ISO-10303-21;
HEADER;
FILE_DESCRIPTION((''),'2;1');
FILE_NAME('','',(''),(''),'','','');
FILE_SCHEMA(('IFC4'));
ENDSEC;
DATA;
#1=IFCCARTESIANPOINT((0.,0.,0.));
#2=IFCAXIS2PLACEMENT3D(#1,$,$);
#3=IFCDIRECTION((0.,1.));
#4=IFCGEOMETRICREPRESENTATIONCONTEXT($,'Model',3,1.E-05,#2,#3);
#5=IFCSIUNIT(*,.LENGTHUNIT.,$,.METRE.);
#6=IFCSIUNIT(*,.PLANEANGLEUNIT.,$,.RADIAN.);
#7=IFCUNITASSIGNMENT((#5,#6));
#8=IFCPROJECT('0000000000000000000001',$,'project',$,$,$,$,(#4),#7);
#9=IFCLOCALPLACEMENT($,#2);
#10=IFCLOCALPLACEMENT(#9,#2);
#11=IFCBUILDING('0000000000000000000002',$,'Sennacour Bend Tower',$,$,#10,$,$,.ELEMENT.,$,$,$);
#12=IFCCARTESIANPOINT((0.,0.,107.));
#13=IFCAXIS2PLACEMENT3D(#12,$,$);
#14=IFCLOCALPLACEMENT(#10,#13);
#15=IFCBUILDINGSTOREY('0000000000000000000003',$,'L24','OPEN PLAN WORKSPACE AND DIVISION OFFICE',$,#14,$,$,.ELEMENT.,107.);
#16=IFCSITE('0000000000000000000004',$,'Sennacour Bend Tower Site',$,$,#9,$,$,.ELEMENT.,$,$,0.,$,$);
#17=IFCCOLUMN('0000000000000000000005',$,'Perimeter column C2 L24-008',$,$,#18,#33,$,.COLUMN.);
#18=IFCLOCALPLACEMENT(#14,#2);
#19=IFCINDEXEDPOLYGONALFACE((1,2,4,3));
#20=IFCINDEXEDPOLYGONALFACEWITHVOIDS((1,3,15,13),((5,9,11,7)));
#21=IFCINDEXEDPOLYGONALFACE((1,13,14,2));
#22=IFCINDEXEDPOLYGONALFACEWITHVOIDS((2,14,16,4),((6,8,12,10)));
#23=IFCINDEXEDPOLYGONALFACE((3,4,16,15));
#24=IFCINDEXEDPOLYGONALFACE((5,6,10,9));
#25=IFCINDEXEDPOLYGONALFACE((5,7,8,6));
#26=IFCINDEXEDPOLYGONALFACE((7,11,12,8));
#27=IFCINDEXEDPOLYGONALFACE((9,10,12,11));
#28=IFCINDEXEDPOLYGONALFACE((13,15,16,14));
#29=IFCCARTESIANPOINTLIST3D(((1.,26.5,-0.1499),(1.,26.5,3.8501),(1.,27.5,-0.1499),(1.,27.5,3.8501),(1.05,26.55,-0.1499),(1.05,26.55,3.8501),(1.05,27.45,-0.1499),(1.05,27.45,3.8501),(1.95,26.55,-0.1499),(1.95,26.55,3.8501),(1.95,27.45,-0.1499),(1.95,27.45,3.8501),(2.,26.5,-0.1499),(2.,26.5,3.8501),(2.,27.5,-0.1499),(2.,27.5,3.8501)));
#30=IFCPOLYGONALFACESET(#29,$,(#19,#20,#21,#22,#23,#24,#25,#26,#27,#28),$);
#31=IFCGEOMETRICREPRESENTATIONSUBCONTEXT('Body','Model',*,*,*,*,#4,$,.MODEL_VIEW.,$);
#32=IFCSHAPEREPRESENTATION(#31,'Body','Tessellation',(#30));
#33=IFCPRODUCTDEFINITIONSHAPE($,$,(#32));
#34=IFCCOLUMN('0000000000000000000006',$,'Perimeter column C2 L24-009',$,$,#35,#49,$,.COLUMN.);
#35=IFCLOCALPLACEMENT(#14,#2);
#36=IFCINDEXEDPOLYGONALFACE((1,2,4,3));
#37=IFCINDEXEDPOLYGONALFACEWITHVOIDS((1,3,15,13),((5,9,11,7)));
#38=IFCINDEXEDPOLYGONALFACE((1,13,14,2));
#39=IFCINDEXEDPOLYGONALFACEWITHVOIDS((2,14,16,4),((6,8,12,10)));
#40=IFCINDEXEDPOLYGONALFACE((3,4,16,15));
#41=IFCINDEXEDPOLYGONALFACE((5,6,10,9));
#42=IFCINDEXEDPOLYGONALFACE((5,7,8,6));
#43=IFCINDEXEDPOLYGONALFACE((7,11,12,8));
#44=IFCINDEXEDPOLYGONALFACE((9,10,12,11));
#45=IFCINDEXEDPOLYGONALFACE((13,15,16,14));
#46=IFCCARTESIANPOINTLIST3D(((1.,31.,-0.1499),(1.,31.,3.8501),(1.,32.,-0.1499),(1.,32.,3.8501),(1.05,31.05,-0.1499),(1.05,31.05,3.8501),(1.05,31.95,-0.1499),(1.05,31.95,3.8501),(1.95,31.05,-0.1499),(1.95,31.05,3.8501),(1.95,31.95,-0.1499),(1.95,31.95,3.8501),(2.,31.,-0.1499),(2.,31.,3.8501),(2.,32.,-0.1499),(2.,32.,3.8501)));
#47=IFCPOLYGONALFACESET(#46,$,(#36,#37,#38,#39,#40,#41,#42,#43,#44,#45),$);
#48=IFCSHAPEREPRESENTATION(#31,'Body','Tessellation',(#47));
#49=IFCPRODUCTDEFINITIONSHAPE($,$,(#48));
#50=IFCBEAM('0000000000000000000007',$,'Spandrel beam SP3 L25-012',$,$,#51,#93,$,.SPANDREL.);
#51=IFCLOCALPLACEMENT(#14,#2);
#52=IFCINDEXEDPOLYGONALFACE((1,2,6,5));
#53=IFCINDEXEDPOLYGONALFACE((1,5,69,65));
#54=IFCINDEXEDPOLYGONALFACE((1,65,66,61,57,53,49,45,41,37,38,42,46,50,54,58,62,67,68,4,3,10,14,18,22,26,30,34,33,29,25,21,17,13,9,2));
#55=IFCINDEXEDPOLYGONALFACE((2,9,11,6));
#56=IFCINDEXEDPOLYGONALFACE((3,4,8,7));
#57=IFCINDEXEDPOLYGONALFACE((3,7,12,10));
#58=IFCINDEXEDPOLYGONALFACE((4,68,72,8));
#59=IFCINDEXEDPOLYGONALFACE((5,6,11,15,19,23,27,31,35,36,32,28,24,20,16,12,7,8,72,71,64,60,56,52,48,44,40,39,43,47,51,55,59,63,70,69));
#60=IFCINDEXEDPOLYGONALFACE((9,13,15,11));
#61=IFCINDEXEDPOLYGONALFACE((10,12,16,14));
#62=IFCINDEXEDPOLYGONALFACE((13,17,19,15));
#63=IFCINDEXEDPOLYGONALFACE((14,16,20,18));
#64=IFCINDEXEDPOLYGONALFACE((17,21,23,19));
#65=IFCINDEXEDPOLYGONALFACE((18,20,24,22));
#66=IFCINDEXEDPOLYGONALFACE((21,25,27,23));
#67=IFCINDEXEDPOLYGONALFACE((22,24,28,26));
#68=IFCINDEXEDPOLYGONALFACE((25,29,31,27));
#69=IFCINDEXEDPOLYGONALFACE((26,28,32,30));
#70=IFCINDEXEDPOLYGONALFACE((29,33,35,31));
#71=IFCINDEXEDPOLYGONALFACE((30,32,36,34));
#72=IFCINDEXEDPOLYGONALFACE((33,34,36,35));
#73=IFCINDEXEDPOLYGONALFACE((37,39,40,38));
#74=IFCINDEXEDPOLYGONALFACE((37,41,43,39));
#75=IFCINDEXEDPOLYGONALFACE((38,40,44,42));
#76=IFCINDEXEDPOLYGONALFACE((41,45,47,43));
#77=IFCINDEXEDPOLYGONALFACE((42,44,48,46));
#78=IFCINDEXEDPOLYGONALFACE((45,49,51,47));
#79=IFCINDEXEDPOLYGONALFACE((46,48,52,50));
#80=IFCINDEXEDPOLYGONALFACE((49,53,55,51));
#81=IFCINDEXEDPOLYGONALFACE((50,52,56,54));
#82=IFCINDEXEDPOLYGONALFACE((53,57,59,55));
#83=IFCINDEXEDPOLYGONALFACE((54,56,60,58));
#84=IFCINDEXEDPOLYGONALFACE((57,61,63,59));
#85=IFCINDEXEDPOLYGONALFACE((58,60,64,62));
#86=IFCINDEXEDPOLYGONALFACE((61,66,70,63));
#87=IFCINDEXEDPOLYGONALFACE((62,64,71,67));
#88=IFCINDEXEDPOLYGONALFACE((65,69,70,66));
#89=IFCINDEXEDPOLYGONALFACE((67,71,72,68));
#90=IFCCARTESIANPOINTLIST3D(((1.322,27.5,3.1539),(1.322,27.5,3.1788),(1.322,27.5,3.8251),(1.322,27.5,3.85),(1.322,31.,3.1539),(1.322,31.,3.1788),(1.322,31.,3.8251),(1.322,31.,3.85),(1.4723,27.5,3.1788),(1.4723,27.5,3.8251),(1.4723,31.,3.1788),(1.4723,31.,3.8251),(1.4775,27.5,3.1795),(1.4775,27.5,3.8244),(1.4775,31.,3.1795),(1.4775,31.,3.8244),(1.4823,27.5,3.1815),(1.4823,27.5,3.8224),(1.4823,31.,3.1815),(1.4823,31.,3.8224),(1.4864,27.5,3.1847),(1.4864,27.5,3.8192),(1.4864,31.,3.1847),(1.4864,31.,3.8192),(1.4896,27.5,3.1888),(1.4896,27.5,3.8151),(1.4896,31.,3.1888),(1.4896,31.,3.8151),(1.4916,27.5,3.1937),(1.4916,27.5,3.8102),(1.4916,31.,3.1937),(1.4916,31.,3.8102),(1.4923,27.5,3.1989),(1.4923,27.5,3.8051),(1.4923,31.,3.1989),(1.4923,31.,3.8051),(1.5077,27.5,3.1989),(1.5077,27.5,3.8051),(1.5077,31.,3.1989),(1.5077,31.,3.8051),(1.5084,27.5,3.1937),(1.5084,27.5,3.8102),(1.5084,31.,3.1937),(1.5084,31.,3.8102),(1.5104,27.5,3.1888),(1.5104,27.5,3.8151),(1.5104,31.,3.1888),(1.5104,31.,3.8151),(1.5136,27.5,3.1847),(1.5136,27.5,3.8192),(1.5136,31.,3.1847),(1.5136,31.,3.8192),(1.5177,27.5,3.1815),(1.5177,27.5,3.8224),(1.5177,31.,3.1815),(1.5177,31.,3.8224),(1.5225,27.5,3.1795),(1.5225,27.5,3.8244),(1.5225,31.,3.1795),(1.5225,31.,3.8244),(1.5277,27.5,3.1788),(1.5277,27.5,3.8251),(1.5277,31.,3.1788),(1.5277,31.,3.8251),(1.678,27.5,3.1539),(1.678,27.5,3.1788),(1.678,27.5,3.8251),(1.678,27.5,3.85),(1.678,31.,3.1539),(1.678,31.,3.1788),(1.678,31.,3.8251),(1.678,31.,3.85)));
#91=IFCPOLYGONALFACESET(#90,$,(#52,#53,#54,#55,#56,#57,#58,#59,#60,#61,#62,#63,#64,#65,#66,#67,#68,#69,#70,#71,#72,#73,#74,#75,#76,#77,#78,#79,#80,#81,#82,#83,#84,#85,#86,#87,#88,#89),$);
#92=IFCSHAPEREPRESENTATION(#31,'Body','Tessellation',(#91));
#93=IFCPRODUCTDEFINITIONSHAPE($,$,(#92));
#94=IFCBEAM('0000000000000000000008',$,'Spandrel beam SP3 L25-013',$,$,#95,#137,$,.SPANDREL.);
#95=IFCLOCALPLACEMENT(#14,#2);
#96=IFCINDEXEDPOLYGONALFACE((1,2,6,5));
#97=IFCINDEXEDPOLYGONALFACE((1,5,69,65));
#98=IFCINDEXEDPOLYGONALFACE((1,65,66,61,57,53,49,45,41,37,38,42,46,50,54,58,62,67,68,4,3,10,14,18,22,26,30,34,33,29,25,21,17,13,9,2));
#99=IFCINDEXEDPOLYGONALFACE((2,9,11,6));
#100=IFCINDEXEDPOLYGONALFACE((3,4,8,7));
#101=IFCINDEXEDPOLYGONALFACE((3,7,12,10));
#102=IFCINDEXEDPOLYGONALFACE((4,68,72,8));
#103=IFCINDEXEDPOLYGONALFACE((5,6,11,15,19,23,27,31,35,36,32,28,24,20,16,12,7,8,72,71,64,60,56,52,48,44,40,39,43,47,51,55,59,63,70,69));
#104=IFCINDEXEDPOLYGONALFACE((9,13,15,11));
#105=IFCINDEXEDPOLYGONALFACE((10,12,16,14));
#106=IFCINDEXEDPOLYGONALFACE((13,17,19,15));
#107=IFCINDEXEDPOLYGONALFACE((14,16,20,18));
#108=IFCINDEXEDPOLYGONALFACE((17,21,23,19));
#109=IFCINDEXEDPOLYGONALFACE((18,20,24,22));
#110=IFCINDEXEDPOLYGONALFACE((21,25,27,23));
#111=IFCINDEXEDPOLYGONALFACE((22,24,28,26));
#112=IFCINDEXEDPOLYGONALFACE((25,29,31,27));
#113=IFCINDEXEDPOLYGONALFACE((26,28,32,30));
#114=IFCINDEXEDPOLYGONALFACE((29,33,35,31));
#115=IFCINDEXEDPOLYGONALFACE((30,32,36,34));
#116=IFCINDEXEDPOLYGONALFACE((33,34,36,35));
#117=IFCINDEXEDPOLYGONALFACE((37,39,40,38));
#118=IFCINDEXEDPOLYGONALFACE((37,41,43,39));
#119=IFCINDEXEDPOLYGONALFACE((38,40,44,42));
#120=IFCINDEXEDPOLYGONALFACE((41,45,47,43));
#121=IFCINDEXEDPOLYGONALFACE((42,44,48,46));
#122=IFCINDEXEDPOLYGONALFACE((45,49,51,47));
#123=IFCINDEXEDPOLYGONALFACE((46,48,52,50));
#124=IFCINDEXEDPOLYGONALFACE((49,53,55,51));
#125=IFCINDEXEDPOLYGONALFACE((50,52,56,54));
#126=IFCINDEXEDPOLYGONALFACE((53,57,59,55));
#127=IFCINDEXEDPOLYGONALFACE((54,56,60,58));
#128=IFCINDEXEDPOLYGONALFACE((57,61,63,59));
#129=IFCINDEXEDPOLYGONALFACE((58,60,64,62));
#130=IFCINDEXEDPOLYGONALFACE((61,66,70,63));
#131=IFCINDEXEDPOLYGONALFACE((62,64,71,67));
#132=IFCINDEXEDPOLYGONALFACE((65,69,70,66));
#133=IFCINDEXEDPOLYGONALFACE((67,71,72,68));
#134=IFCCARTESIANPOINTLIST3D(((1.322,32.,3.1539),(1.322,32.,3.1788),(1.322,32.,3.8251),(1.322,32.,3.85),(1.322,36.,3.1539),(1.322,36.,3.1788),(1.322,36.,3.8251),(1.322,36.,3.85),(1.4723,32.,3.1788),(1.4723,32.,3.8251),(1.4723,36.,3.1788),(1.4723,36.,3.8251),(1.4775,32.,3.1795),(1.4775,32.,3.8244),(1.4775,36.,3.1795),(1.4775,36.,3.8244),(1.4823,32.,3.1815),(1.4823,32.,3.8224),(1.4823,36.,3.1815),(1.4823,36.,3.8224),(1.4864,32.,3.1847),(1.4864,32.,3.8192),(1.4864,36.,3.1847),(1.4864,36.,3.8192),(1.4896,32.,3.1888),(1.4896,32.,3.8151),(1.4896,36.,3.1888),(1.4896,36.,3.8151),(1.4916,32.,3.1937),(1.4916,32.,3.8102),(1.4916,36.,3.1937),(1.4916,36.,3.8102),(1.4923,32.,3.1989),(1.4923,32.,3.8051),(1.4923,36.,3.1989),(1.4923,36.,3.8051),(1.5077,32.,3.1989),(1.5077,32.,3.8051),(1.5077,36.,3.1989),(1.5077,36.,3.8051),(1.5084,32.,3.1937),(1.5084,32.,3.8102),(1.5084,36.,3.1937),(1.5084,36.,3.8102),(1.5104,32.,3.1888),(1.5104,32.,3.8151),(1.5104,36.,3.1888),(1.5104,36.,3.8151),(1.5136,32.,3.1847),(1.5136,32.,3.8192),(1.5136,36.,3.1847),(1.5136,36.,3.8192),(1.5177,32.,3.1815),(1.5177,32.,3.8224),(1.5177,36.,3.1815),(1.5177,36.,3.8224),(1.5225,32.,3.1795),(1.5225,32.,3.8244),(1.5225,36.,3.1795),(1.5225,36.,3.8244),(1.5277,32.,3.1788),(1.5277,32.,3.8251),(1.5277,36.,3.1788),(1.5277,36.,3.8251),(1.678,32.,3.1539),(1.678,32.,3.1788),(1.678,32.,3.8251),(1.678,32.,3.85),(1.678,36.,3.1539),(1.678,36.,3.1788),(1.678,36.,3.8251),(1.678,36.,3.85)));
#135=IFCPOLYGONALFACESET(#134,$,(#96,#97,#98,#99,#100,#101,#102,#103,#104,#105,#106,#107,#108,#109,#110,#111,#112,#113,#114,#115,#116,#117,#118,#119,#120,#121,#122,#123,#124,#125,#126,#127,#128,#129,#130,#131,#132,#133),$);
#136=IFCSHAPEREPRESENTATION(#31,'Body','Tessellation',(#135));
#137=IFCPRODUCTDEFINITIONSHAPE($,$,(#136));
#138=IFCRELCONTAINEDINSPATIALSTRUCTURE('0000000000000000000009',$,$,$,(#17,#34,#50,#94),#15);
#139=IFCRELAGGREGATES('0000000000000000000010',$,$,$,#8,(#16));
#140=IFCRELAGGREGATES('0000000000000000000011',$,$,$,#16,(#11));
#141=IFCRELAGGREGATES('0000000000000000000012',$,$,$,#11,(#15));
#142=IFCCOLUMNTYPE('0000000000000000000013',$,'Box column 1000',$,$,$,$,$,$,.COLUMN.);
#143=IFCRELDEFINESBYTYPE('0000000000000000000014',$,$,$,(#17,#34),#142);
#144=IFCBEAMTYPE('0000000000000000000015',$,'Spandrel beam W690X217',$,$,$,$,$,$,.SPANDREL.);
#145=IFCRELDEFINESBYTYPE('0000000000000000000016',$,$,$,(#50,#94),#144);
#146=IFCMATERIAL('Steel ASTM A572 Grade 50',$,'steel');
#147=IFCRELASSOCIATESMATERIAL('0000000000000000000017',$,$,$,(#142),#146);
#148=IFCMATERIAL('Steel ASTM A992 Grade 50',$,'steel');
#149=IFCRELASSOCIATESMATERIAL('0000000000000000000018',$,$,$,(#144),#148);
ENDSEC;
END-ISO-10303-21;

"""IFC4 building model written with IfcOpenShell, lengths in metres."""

from ifc_helpers import new_model, si_unit, direction, frame, origin, origin_2d, place, context, subcontext, project, spatial, hollow_rectangle, i_section, extrude, material, material_profile, profile_set, type_object, element, save


model = new_model("IFC4")

# Units and contexts
model_context = context("Model", 3, precision=1e-05, world=origin(), true_north=direction((0.0, 1.0)))
body_context = subcontext(model_context, "Body", "Model", "MODEL_VIEW")
ifc_project = project(units=[si_unit("LENGTHUNIT", "METRE"), si_unit("PLANEANGLEUNIT", "RADIAN")], contexts=[model_context])

# Site, building, storey
site_placement = place(None, origin())
site = spatial("IfcSite", under=ifc_project, at=site_placement, Name="Sennacour Bend Tower Site", CompositionType="ELEMENT", RefElevation=0.0)
building_placement = place(site_placement, origin())
building = spatial("IfcBuilding", under=site, at=building_placement, Name="Sennacour Bend Tower", CompositionType="ELEMENT")
storey_placement = place(building_placement, frame((0.0, 0.0, 107.0)))
storey = spatial("IfcBuildingStorey", under=building, at=storey_placement, Name="L24", Description="OPEN PLAN WORKSPACE AND DIVISION OFFICE", CompositionType="ELEMENT", Elevation=107.0)

# Columns
ifc_material_1 = material(Name="Steel ASTM A572 Grade 50", Category="steel")
ifc_material_profile_1 = material_profile(ifc_material_1, hollow_rectangle(XDim=1.0, YDim=1.0, WallThickness=0.05, at=origin_2d()), Name="Steel ASTM A572 Grade 50", Category="steel")
ifc_profile_set_1 = profile_set([ifc_material_profile_1], Name="Steel ASTM A572 Grade 50")
column_type = type_object("IfcColumnType", Name="Box column 1000", PredefinedType="COLUMN", material=ifc_profile_set_1)
for number, where, z_axis, x_axis, name in (
    (1, (1.5, 27.0, -0.1499), (0.0, 0.0, 1.0), (1.0, 0.0, 0.0), "Perimeter column C2 L24-008"),
    (2, (1.5, 31.5, -0.1499), (0.0, 0.0, 1.0), (1.0, 0.0, 0.0), "Perimeter column C2 L24-009"),
):
    element("IfcColumn", number, at=place(storey_placement, frame(where, z_axis=z_axis, x_axis=x_axis)), inside=storey, type_object=column_type, Name=name, PredefinedType="COLUMN", context=body_context, shape_type="SweptSolid", body=[
        extrude(hollow_rectangle(XDim=1.0, YDim=1.0, WallThickness=0.05, at=origin_2d()), origin(), (0.0, 0.0, 1.0), 4.0),
    ])

# Beams
ifc_material_2 = material(Name="Steel ASTM A992 Grade 50", Category="steel")
ifc_material_profile_2 = material_profile(ifc_material_2, i_section(OverallWidth=0.356, OverallDepth=0.696, WebThickness=0.0154, FlangeThickness=0.0249, FilletRadius=0.02, at=origin_2d()), Name="Steel ASTM A992 Grade 50", Category="steel")
ifc_profile_set_2 = profile_set([ifc_material_profile_2], Name="Steel ASTM A992 Grade 50")
beam_type = type_object("IfcBeamType", Name="Spandrel beam W690X217", PredefinedType="SPANDREL", material=ifc_profile_set_2)
beam_1_placement = place(storey_placement, frame((1.5, 27.5, 3.502), z_axis=(0.0, 1.0, 0.0), x_axis=(-1.0, 0.0, 0.0)))
element("IfcBeam", 3, at=beam_1_placement, inside=storey, type_object=beam_type, Name="Spandrel beam SP3 L25-012", PredefinedType="SPANDREL", context=body_context, shape_type="SweptSolid", body=[
    extrude(i_section(OverallWidth=0.356, OverallDepth=0.696, WebThickness=0.0154, FlangeThickness=0.0249, FilletRadius=0.02, at=origin_2d()), origin(), (0.0, 0.0, 1.0), 3.5),
])
beam_2_placement = place(storey_placement, frame((1.5, 32.0, 3.502), z_axis=(0.0, 1.0, 0.0), x_axis=(-1.0, 0.0, 0.0)))
element("IfcBeam", 4, at=beam_2_placement, inside=storey, type_object=beam_type, Name="Spandrel beam SP3 L25-013", PredefinedType="SPANDREL", context=body_context, shape_type="SweptSolid", body=[
    extrude(i_section(OverallWidth=0.356, OverallDepth=0.696, WebThickness=0.0154, FlangeThickness=0.0249, FilletRadius=0.02, at=origin_2d()), origin(), (0.0, 0.0, 1.0), 4.0),
])

save(model, "model.ifc")
